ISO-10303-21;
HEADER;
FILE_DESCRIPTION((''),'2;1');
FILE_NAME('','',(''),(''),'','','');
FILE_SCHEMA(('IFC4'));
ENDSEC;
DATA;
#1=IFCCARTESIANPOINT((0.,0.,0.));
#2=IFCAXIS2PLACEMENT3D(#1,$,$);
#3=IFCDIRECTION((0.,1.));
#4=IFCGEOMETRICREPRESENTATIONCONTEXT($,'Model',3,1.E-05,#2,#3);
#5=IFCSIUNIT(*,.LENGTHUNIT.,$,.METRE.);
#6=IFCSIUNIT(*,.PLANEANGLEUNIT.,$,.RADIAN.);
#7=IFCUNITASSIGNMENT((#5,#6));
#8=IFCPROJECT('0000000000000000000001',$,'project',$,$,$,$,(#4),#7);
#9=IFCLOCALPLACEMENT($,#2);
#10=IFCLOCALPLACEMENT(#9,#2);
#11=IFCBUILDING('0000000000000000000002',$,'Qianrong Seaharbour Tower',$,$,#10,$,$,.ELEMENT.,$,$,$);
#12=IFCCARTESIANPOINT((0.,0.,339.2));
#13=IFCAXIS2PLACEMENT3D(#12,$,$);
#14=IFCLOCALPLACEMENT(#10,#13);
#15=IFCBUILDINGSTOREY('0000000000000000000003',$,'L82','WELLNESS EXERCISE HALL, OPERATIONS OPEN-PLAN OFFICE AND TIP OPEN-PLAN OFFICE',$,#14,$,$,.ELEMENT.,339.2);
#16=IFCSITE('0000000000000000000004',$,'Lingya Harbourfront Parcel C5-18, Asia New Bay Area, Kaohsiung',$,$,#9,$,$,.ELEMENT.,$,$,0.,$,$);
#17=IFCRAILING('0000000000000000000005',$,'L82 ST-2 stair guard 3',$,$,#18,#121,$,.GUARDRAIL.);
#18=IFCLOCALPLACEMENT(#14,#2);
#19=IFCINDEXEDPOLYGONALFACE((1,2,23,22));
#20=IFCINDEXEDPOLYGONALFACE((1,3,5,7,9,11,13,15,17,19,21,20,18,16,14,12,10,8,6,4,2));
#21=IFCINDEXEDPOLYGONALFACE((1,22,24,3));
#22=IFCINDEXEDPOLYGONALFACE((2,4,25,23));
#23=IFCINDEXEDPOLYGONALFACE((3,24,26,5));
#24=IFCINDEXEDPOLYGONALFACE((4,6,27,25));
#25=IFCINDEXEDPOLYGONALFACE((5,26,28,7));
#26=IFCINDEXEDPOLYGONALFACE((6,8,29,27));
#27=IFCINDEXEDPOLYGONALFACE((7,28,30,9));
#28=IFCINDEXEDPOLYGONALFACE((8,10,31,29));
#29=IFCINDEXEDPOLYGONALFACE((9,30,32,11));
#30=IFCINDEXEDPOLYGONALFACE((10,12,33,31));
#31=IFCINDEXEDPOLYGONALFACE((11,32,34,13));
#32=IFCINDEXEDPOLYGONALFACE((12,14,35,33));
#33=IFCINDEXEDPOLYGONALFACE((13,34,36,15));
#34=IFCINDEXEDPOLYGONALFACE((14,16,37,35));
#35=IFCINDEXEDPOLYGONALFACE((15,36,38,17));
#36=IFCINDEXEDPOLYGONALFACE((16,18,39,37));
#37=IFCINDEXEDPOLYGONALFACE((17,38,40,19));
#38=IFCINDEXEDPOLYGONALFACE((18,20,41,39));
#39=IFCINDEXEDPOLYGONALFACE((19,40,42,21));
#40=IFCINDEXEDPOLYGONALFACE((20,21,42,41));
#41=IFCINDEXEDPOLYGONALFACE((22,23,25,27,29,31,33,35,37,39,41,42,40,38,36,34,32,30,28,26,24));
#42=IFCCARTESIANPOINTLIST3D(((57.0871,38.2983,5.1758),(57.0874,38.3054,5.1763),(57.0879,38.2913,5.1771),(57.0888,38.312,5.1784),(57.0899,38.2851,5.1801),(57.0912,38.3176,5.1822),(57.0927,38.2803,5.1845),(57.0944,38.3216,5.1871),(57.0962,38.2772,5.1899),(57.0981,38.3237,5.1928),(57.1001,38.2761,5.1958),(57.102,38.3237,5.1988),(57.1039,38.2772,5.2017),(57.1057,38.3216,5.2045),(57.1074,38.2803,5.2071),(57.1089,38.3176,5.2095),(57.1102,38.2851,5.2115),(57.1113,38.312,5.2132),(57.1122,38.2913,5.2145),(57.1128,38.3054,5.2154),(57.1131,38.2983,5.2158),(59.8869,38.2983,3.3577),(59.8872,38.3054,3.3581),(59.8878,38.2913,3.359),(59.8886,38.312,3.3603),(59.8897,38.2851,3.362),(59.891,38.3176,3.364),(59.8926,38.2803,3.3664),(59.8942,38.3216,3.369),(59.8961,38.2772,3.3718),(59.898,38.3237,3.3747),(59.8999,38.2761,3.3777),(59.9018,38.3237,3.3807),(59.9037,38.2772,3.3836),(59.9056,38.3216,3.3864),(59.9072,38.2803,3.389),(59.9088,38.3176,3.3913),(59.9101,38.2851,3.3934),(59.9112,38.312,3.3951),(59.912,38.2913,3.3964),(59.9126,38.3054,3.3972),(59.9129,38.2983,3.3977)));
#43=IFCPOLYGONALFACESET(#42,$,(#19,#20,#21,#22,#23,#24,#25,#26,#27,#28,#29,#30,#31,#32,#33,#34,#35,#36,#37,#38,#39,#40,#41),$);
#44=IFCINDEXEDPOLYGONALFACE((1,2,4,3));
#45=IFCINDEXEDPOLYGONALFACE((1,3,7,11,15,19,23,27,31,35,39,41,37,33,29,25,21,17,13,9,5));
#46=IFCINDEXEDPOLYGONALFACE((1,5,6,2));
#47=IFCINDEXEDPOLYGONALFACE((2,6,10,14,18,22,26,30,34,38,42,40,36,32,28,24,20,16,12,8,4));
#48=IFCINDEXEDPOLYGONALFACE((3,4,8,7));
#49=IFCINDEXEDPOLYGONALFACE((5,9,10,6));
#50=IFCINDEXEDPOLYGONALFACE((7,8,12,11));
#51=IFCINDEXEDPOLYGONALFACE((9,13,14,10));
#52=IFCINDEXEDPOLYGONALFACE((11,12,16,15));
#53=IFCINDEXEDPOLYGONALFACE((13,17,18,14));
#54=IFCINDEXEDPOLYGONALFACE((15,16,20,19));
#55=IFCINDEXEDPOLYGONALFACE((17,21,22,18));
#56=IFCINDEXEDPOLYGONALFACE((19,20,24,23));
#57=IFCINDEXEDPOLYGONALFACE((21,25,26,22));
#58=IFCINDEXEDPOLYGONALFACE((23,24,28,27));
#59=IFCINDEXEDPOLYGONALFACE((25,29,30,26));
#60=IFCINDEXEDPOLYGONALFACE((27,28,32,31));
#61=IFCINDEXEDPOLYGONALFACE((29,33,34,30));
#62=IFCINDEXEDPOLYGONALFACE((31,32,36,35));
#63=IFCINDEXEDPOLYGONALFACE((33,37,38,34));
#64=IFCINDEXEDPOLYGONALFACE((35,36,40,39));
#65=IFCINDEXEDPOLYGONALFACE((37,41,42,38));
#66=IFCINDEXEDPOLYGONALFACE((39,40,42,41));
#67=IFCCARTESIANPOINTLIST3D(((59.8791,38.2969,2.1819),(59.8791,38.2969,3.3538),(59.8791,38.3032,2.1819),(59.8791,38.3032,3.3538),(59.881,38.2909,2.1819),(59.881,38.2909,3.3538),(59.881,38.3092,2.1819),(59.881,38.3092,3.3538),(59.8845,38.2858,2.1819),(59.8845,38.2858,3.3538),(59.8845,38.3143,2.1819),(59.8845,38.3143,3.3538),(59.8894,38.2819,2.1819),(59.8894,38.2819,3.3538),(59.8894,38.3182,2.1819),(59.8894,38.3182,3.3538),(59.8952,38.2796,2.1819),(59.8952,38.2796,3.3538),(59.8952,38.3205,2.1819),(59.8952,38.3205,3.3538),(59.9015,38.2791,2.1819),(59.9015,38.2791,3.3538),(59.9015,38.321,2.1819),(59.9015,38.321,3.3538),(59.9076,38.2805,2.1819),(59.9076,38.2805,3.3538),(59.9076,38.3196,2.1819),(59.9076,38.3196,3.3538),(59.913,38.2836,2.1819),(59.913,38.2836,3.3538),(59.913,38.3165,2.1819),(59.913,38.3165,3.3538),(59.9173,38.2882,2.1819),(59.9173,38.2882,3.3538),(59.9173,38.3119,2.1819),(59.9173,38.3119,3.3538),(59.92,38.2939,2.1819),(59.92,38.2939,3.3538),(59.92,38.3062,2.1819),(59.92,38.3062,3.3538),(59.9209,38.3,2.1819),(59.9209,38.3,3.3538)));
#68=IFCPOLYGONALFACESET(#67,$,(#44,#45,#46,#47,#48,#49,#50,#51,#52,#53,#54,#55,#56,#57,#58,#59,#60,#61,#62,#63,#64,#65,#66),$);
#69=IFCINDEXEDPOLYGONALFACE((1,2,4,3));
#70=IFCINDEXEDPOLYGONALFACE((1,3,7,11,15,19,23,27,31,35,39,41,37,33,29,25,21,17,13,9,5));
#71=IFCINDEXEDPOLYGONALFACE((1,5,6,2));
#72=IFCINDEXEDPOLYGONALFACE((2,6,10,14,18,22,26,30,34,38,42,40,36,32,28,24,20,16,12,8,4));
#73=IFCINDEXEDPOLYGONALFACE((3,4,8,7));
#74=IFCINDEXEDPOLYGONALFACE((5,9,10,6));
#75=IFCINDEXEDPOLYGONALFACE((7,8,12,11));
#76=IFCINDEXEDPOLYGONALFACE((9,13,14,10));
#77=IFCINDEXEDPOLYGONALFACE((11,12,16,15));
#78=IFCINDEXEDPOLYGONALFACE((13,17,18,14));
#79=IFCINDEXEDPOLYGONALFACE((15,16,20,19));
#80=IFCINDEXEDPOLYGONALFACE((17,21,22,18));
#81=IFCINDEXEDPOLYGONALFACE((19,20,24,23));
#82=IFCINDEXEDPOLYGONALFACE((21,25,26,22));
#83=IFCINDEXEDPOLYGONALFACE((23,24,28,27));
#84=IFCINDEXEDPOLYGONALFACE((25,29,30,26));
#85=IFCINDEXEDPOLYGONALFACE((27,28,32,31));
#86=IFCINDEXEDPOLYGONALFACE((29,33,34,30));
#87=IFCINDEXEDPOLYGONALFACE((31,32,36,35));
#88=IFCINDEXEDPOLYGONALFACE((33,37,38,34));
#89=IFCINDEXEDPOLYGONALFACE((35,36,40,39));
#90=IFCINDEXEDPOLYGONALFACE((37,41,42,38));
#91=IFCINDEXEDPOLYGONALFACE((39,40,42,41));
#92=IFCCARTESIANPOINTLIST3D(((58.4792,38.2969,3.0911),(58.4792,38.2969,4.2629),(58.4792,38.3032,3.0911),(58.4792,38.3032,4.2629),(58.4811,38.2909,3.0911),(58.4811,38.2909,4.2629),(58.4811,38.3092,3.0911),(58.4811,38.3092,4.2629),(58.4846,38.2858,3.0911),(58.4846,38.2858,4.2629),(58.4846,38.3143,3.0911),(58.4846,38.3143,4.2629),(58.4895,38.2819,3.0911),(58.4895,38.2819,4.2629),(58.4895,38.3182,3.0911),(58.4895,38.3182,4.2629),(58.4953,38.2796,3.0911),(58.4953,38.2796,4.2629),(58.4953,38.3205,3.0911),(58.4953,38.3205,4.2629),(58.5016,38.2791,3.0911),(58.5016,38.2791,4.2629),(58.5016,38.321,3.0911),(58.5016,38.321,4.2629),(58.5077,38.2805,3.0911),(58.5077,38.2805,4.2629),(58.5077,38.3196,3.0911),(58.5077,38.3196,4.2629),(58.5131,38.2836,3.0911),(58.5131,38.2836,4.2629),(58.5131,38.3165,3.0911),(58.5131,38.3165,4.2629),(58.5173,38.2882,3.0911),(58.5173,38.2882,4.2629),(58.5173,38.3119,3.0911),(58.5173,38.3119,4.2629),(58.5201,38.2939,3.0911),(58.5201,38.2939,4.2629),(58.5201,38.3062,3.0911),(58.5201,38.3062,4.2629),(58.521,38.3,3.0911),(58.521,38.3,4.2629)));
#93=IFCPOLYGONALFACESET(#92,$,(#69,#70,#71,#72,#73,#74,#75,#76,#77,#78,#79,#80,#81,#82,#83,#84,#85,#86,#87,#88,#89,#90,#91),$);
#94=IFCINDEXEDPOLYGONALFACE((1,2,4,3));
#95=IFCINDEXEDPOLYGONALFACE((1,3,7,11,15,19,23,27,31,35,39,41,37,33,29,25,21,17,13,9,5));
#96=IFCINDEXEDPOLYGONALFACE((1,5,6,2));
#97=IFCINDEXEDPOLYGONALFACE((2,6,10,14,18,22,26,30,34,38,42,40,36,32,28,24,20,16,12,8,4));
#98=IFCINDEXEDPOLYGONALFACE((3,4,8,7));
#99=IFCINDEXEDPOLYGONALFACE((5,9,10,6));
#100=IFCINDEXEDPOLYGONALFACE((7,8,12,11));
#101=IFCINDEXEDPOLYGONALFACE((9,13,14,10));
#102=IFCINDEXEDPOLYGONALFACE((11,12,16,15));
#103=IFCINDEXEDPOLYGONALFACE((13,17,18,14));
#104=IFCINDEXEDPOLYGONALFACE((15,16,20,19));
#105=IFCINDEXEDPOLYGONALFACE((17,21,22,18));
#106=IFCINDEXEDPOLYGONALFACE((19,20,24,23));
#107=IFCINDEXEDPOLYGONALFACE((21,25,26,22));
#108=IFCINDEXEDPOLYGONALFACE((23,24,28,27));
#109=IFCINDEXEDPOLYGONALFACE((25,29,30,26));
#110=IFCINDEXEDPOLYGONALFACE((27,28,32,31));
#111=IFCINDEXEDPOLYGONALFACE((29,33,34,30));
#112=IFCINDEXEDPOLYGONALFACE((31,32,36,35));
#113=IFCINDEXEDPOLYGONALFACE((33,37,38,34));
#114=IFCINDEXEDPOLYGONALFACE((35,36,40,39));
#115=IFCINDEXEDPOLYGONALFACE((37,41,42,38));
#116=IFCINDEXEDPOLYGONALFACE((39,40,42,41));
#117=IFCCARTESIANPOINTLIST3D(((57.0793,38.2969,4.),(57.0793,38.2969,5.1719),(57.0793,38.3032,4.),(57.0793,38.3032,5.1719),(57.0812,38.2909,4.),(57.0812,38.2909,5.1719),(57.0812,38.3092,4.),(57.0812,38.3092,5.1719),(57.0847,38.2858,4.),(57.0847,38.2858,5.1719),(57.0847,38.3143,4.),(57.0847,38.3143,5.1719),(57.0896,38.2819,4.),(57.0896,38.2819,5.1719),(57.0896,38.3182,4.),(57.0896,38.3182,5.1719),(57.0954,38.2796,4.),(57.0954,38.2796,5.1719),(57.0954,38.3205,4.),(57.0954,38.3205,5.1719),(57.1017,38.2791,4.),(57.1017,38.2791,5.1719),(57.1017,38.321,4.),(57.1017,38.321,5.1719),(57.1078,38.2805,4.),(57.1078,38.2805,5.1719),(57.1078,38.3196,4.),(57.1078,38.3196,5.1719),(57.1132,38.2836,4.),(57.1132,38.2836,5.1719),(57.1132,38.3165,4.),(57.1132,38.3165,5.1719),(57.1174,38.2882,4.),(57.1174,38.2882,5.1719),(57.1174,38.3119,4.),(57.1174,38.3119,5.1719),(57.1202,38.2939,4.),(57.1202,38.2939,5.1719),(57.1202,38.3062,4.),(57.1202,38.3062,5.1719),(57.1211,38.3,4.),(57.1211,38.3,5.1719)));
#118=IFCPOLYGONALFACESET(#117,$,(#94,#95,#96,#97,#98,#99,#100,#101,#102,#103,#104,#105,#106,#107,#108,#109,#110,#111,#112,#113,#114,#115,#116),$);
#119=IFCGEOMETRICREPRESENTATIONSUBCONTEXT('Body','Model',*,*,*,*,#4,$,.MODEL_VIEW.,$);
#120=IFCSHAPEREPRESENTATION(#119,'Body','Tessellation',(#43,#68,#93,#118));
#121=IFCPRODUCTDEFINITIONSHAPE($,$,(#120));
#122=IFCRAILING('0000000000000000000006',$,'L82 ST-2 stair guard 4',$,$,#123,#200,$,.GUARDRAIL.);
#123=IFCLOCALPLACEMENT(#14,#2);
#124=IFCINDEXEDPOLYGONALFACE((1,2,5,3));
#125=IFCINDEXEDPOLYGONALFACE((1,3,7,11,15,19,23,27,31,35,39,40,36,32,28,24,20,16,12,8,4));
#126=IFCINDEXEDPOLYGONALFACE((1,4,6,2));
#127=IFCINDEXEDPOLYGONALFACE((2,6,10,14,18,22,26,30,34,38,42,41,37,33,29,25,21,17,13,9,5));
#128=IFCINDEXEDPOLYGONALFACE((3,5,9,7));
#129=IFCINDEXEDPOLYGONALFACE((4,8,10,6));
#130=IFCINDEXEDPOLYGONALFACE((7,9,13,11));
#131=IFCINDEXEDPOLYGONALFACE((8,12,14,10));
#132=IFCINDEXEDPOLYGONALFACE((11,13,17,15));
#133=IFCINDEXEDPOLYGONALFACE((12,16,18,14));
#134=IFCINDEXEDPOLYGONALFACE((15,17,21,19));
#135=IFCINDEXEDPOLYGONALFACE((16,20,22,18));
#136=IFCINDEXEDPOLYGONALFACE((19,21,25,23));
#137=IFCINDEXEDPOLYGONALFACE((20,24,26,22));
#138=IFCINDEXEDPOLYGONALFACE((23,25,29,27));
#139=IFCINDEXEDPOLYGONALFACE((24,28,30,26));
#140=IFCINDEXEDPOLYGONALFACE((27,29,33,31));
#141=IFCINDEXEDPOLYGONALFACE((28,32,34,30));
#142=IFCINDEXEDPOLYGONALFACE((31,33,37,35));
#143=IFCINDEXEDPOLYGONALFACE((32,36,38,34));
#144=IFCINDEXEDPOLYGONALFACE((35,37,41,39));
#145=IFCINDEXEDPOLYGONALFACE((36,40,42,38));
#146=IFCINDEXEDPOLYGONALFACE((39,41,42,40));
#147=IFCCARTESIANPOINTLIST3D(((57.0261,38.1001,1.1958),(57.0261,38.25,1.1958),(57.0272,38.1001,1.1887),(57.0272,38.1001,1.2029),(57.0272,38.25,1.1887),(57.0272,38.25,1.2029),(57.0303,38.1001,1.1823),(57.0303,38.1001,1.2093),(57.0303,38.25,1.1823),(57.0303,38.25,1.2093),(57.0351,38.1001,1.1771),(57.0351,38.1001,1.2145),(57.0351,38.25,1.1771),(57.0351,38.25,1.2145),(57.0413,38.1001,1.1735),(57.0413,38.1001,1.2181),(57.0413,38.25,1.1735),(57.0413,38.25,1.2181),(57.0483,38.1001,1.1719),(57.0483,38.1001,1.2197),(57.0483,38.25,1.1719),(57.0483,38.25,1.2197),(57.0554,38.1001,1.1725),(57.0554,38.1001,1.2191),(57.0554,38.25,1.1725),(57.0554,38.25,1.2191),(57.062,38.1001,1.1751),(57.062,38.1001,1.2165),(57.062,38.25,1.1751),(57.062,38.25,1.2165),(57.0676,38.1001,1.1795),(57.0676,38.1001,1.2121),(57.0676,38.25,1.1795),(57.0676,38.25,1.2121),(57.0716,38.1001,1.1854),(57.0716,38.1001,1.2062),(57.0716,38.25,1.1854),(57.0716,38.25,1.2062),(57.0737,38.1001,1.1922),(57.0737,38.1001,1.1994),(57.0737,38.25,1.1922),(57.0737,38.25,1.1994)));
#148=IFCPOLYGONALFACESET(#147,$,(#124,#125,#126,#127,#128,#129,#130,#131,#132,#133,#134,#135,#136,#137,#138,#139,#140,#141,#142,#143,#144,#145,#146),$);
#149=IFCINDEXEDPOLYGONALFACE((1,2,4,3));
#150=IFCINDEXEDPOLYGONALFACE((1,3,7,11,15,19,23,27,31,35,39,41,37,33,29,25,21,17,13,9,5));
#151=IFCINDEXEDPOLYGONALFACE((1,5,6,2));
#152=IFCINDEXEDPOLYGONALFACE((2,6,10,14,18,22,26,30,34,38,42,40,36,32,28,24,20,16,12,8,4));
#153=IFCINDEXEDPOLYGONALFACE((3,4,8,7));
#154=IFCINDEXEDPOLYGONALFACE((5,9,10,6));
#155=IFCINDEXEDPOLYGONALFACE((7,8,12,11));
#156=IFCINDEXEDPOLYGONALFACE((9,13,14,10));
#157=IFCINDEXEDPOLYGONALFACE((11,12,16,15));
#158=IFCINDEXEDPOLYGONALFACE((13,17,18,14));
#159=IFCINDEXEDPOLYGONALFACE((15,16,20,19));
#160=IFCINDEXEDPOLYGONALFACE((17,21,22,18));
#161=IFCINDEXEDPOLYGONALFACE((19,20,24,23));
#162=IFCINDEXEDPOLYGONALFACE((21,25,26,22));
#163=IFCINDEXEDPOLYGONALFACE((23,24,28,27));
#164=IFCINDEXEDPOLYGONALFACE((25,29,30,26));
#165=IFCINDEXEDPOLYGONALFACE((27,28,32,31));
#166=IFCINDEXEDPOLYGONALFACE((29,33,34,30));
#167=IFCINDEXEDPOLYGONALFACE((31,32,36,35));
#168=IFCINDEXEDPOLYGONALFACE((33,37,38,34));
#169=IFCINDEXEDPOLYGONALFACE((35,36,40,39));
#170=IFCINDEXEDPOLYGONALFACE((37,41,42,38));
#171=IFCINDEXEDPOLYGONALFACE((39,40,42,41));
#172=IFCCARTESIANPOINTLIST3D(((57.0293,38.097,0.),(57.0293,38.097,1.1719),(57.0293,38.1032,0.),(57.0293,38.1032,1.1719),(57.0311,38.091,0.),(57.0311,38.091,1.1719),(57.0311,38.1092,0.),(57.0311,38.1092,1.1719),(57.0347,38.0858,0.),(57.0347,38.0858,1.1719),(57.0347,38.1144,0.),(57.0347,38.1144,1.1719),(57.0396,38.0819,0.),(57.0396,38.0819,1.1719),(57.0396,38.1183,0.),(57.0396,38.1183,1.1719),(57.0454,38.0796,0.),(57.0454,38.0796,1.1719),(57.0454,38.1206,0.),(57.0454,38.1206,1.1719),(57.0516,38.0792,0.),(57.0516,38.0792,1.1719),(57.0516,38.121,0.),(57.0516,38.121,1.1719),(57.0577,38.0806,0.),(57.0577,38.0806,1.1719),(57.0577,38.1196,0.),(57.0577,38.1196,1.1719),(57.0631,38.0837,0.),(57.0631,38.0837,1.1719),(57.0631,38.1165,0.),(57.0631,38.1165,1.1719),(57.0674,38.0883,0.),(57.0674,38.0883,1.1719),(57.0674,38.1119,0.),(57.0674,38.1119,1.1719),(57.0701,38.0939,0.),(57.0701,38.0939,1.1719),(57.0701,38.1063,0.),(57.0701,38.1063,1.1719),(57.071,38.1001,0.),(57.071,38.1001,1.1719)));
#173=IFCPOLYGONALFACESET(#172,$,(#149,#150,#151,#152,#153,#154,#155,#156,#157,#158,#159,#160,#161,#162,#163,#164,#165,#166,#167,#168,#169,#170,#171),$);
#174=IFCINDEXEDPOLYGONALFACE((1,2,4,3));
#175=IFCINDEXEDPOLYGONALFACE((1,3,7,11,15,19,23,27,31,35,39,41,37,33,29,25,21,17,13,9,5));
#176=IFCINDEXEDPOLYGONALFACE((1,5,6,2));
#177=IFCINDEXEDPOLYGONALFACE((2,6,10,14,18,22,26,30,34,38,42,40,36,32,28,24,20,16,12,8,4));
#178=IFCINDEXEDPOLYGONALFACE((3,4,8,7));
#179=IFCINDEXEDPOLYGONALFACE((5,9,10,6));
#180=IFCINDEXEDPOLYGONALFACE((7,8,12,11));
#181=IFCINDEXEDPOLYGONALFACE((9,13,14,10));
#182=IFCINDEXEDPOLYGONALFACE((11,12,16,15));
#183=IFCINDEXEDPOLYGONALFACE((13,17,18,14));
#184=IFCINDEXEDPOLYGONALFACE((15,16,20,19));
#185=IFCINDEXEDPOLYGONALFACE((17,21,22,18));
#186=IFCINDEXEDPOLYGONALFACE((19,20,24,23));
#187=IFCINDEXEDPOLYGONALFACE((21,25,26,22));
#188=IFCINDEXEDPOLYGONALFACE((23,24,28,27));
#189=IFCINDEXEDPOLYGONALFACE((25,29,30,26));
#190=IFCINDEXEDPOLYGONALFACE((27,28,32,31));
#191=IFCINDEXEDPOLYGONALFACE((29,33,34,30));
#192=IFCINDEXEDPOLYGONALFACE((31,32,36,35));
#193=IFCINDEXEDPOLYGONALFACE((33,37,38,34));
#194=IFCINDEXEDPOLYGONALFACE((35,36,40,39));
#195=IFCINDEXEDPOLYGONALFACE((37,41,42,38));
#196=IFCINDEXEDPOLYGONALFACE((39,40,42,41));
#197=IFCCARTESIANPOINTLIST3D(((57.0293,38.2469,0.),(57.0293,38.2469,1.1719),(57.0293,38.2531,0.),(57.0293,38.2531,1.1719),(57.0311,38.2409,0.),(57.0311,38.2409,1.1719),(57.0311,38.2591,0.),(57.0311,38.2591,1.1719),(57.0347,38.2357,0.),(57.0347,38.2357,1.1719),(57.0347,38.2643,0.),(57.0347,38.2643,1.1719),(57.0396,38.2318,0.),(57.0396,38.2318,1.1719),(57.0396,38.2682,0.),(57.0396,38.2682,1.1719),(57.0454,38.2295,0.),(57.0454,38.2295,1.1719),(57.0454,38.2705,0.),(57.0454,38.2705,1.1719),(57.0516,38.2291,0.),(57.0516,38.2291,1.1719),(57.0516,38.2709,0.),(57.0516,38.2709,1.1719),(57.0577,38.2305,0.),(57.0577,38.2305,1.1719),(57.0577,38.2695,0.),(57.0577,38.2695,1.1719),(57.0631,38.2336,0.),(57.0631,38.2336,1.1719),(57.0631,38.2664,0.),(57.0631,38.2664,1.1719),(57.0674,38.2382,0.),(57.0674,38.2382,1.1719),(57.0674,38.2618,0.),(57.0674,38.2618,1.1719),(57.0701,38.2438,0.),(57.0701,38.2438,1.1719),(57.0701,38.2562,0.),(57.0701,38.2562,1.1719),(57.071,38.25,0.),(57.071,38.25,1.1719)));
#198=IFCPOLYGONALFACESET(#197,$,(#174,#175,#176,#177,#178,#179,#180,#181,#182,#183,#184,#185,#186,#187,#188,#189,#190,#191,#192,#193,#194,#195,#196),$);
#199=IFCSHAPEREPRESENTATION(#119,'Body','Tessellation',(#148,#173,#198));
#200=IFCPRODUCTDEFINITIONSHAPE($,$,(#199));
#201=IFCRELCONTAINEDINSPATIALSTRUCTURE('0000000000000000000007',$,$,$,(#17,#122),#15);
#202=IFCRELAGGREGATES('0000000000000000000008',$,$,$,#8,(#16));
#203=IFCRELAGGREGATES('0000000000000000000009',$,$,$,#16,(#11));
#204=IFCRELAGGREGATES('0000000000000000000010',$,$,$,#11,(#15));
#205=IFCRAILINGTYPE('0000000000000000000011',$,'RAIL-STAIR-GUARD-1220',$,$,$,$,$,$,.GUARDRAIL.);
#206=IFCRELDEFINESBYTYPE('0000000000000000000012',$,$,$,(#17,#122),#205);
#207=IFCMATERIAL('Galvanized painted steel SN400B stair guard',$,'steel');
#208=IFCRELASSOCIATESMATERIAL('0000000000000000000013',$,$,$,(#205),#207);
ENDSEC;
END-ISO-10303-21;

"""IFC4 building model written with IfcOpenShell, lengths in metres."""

from ifc_helpers import new_model, si_unit, direction, frame, origin, origin_2d, place, context, subcontext, project, spatial, circle, extrude, material, type_object, element, save


model = new_model("IFC4")

# Units and contexts
model_context = context("Model", 3, precision=1e-05, world=origin(), true_north=direction((0.0, 1.0)))
body_context = subcontext(model_context, "Body", "Model", "MODEL_VIEW")
ifc_project = project(units=[si_unit("LENGTHUNIT", "METRE"), si_unit("PLANEANGLEUNIT", "RADIAN")], contexts=[model_context])

# Site, building, storey
site_placement = place(None, origin())
site = spatial("IfcSite", under=ifc_project, at=site_placement, Name="Lingya Harbourfront Parcel C5-18, Asia New Bay Area, Kaohsiung", CompositionType="ELEMENT", RefElevation=0.0)
building_placement = place(site_placement, origin())
building = spatial("IfcBuilding", under=site, at=building_placement, Name="Qianrong Seaharbour Tower", CompositionType="ELEMENT")
storey_placement = place(building_placement, frame((0.0, 0.0, 339.2)))
storey = spatial("IfcBuildingStorey", under=building, at=storey_placement, Name="L82", Description="WELLNESS EXERCISE HALL, OPERATIONS OPEN-PLAN OFFICE AND TIP OPEN-PLAN OFFICE", CompositionType="ELEMENT", Elevation=339.2)

# Railings
ifc_material_1 = material(Name="Galvanized painted steel SN400B stair guard", Category="steel")
railing_type_1 = type_object("IfcRailingType", Name="RAIL-STAIR-GUARD-1220", PredefinedType="GUARDRAIL", material=ifc_material_1)
railing_1_placement = place(storey_placement, frame((59.8999, 38.3, 2.1819)))
element("IfcRailing", 1, at=railing_1_placement, inside=storey, type_object=railing_type_1, Name="L82 ST-2 stair guard 3", PredefinedType="GUARDRAIL", context=body_context, shape_type="SweptSolid", body=[
    extrude(circle(Radius=0.0239, at=origin_2d()), frame((0.0, 0.0, 1.1958), z_axis=(-0.838684, 0.0, 0.544618), x_axis=(0.0, -1.0, 0.0)), (0.0, 0.0, 1.0), 3.3384),
    extrude(circle(Radius=0.021, at=origin_2d()), origin(), (0.0, 0.0, 1.0), 1.1719),
    extrude(circle(Radius=0.021, at=origin_2d()), frame((-1.3999, 0.0, 0.9092)), (0.0, 0.0, 1.0), 1.1719),
    extrude(circle(Radius=0.021, at=origin_2d()), frame((-2.7998, 0.0, 1.8181)), (0.0, 0.0, 1.0), 1.1719),
])
railing_2_placement = place(storey_placement, frame((57.05, 38.1001, 0.0)))
element("IfcRailing", 2, at=railing_2_placement, inside=storey, type_object=railing_type_1, Name="L82 ST-2 stair guard 4", PredefinedType="GUARDRAIL", context=body_context, shape_type="SweptSolid", body=[
    extrude(circle(Radius=0.0239, at=origin_2d()), frame((0.0, 0.0, 1.1958), z_axis=(0.0, 1.0, 0.0), x_axis=(-1.0, 0.0, 0.0)), (0.0, 0.0, 1.0), 0.1499),
    extrude(circle(Radius=0.021, at=origin_2d()), origin(), (0.0, 0.0, 1.0), 1.1719),
    extrude(circle(Radius=0.021, at=origin_2d()), frame((0.0, 0.1499, 0.0)), (0.0, 0.0, 1.0), 1.1719),
])

save(model, "model.ifc")
